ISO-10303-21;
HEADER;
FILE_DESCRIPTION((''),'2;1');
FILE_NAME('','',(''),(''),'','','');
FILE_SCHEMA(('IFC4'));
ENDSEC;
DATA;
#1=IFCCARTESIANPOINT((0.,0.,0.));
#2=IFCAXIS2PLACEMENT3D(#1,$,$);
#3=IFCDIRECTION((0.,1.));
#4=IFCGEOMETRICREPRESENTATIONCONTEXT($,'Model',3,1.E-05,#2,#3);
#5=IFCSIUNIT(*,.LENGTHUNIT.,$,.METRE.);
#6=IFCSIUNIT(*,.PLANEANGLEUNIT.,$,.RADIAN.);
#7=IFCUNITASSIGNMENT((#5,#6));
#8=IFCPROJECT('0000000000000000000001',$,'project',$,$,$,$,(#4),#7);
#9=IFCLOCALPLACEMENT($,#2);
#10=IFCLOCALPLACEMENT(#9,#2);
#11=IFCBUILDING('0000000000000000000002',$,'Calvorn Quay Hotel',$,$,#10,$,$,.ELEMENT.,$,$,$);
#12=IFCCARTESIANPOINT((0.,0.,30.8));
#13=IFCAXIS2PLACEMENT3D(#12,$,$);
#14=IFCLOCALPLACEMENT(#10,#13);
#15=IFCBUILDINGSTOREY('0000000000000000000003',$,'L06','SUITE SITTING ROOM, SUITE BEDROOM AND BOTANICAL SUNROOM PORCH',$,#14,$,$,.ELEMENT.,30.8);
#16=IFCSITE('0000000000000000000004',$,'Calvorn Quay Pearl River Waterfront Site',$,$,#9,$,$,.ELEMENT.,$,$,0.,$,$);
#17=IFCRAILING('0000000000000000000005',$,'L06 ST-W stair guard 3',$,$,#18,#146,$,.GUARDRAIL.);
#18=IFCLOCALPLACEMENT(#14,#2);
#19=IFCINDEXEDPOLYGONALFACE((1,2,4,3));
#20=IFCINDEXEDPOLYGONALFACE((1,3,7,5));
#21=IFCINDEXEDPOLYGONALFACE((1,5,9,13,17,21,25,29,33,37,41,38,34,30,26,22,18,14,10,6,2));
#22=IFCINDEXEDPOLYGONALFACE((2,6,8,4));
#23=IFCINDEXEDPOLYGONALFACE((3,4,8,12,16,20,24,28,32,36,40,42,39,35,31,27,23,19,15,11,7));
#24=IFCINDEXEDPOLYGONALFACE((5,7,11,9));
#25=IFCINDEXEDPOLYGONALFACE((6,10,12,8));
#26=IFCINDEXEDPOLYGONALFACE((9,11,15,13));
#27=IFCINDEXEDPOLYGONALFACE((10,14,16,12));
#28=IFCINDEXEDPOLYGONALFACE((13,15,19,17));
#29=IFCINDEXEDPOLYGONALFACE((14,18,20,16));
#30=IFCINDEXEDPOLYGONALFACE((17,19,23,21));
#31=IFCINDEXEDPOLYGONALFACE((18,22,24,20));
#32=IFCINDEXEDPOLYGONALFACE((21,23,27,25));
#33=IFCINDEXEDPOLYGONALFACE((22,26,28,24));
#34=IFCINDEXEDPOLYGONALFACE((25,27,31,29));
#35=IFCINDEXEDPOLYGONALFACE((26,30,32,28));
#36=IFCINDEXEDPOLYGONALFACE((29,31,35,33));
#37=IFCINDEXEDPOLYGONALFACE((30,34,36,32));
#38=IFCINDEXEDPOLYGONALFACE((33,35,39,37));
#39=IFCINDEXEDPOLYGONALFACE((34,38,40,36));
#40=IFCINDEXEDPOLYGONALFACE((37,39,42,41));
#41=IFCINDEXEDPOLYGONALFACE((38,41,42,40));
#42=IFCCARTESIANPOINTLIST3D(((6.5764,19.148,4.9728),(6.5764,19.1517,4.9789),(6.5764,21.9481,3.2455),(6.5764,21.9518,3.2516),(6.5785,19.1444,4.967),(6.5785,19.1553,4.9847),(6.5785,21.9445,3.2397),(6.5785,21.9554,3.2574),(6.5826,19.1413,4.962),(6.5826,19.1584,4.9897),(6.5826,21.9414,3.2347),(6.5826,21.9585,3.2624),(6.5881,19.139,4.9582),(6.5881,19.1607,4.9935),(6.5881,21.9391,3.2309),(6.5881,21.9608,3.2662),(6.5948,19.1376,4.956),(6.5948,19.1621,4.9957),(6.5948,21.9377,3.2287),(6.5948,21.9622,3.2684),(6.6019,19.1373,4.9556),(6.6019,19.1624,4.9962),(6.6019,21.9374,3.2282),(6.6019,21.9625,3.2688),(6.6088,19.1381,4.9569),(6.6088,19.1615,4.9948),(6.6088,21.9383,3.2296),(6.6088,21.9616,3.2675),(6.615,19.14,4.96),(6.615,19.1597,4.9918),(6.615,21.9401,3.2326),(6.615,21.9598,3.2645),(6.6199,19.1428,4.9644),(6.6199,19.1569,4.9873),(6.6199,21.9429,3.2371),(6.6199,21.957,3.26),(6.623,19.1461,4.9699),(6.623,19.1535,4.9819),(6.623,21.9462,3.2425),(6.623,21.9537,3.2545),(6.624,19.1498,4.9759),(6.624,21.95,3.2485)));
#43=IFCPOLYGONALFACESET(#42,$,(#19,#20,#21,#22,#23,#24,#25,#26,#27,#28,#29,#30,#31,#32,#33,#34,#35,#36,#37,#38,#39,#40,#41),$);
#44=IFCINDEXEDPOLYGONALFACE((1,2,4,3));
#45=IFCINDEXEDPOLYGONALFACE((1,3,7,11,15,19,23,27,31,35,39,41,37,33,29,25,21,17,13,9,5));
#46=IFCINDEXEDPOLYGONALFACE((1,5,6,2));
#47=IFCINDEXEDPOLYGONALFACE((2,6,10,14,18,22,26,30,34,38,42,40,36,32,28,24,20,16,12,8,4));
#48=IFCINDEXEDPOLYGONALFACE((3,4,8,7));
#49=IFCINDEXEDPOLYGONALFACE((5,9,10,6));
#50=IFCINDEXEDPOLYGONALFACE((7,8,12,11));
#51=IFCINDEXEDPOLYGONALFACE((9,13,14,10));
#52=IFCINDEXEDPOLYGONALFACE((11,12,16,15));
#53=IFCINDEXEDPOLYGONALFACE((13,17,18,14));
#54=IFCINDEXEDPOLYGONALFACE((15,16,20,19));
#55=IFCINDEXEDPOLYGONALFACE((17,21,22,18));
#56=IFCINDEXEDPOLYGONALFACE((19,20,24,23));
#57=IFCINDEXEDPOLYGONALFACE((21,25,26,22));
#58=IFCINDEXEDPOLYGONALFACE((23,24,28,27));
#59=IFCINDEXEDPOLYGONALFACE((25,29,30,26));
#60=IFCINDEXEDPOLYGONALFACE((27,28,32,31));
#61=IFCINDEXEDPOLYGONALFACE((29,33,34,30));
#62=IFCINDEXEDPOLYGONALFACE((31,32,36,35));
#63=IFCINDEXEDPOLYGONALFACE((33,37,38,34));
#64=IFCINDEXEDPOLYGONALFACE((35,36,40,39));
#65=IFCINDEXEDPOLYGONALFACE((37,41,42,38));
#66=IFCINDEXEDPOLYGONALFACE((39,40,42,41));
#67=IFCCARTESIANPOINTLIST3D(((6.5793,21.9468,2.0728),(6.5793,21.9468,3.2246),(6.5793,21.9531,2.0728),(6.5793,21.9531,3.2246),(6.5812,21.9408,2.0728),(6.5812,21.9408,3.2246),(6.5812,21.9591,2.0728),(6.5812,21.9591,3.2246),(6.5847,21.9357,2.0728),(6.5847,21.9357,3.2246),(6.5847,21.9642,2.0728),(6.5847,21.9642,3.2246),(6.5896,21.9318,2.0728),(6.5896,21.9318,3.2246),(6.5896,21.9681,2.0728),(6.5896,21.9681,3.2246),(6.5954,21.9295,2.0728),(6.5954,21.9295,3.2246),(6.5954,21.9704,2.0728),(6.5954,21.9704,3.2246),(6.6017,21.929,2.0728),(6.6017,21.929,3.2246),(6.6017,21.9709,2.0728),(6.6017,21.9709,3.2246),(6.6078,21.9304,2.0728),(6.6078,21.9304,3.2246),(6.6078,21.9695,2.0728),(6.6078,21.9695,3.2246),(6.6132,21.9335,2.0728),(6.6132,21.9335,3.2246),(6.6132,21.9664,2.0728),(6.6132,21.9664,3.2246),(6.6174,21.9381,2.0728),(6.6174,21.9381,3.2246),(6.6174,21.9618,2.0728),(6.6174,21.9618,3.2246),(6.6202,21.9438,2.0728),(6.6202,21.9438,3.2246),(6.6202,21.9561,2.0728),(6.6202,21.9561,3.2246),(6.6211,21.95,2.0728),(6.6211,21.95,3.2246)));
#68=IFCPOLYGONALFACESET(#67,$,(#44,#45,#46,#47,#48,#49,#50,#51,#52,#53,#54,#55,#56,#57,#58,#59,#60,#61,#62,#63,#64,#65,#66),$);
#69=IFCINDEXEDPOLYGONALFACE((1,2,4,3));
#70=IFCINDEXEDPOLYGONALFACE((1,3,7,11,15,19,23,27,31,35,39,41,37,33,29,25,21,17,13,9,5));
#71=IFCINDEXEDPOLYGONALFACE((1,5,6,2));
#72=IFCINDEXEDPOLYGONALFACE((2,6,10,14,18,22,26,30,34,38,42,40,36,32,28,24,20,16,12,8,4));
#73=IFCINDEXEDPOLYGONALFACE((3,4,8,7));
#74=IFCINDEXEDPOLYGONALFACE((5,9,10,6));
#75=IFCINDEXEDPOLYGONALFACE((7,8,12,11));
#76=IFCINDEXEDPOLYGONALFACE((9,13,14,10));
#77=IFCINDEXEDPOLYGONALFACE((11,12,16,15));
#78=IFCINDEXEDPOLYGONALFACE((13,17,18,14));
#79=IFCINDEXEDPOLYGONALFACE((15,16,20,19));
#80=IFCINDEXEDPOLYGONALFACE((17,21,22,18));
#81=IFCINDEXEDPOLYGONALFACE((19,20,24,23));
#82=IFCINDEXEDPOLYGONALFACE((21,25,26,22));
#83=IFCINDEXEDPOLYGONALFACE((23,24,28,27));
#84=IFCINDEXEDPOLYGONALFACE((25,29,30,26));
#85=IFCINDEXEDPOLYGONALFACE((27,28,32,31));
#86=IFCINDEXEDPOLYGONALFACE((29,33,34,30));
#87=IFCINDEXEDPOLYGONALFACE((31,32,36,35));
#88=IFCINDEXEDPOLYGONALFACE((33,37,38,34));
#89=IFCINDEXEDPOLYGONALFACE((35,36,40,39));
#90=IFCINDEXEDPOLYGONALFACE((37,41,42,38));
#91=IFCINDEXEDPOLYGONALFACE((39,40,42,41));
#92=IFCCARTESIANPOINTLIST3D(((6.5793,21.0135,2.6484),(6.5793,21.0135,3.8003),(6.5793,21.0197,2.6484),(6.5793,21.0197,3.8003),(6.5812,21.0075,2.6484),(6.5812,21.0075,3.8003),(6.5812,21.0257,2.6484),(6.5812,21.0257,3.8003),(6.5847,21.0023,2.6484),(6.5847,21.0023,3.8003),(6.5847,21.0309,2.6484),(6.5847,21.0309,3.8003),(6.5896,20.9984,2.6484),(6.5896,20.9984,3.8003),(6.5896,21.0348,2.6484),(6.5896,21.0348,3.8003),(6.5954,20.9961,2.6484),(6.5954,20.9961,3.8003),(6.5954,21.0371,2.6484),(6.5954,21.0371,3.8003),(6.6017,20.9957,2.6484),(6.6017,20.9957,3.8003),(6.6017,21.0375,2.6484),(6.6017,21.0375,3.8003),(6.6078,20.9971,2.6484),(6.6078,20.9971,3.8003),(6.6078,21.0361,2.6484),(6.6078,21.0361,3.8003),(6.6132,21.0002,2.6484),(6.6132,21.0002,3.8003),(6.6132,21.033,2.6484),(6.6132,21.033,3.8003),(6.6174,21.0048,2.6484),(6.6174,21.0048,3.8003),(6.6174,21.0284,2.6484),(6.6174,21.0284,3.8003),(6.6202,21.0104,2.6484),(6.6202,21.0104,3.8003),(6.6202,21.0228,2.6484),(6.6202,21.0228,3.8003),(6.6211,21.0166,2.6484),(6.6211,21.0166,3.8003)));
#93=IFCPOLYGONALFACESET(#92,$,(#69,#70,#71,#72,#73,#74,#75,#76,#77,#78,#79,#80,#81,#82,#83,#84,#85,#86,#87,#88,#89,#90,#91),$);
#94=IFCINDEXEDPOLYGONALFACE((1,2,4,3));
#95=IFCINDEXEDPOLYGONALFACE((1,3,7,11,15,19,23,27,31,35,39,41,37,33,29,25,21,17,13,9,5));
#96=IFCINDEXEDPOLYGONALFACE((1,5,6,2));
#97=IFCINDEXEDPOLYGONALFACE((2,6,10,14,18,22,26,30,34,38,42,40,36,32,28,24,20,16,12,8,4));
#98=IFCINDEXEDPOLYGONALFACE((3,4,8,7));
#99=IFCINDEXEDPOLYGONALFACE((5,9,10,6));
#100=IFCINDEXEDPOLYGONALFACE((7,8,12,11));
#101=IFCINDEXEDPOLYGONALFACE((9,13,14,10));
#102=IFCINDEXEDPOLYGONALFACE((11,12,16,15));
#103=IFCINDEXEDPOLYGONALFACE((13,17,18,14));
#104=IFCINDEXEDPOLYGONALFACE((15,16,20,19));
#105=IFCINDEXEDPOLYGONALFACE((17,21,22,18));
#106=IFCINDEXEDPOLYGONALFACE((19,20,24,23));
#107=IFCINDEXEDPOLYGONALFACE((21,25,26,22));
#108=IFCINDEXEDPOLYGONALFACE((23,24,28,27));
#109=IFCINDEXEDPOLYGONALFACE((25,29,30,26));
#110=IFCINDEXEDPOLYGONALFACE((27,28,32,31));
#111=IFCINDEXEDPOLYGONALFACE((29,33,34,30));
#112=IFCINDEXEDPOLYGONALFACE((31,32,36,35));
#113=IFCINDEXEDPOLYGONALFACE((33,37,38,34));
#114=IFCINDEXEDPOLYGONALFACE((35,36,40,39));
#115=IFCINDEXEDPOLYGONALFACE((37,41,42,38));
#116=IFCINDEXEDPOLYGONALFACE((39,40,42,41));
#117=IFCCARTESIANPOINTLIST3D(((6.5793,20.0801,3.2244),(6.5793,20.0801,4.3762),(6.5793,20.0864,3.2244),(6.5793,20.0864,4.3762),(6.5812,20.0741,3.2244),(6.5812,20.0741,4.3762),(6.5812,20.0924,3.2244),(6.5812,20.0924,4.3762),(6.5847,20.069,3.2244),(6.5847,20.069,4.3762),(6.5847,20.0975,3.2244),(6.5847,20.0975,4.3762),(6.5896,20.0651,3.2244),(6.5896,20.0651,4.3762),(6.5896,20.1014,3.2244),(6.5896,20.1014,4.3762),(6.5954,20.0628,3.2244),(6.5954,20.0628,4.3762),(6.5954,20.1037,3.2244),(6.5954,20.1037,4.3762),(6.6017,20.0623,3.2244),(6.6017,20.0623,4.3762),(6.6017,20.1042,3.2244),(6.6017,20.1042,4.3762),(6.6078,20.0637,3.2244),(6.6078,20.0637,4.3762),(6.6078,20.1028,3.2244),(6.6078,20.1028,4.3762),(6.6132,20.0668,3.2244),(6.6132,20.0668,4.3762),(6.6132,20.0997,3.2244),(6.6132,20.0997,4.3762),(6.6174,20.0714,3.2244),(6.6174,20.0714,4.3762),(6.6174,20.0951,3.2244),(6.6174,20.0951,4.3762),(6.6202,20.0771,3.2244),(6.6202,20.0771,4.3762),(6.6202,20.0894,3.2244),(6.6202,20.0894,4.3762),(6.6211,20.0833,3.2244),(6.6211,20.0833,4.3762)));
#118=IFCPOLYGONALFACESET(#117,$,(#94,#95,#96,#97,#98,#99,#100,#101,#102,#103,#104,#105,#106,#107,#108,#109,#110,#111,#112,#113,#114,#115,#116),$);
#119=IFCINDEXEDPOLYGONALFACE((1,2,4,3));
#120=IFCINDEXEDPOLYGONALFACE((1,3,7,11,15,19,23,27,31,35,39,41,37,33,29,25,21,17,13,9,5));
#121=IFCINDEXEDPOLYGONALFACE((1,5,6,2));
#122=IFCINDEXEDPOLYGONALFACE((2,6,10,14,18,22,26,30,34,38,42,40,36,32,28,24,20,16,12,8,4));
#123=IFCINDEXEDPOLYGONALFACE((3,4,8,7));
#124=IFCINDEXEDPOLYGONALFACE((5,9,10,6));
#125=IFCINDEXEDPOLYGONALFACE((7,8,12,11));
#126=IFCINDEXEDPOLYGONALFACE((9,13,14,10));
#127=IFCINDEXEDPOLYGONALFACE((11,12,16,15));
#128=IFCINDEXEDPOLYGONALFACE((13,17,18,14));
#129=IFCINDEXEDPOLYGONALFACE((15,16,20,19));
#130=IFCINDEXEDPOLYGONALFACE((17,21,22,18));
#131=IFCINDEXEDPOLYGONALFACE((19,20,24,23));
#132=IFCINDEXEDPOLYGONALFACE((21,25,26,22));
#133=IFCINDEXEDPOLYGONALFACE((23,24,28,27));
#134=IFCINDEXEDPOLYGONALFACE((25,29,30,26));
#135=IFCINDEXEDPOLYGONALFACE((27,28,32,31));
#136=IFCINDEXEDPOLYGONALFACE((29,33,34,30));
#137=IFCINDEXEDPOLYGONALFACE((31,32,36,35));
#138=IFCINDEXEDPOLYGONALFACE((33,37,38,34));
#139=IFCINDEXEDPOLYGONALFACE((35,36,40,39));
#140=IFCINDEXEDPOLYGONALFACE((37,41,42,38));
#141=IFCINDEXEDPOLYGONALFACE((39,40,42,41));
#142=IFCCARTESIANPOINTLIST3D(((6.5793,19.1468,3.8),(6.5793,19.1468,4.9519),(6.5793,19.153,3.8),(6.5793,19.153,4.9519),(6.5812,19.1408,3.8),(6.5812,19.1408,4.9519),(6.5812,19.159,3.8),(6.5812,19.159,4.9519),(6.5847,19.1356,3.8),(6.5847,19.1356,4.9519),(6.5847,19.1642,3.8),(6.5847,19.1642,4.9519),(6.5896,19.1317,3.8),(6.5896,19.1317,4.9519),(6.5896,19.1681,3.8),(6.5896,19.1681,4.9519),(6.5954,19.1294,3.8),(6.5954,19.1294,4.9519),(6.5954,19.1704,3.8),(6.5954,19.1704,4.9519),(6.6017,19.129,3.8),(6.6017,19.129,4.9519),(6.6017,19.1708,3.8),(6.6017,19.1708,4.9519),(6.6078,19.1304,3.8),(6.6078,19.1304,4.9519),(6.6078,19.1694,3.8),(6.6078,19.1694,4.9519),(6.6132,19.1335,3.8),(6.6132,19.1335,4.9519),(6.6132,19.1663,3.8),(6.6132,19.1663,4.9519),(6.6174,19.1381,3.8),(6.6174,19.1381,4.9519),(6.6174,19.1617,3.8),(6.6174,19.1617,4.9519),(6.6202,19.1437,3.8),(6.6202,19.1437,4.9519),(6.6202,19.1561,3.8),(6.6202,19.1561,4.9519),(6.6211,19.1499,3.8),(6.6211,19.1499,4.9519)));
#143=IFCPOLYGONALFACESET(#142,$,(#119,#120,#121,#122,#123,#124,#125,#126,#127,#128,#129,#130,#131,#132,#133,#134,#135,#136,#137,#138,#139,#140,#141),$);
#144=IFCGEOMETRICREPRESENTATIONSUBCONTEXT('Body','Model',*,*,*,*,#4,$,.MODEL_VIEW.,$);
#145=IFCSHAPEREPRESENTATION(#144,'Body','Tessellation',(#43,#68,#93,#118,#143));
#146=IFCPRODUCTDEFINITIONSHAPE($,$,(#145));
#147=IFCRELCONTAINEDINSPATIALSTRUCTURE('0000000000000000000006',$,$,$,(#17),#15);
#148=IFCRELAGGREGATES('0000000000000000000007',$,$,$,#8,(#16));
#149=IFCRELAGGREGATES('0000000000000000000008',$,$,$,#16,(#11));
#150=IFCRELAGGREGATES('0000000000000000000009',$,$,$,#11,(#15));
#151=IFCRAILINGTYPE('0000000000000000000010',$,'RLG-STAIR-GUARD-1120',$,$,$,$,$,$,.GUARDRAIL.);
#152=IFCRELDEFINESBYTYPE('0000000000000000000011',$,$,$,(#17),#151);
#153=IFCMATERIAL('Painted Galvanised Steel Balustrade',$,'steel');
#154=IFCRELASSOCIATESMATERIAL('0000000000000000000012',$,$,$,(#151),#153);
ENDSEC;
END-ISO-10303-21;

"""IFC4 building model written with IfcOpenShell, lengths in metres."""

from ifc_helpers import new_model, si_unit, direction, frame, origin, origin_2d, place, context, subcontext, project, spatial, circle, extrude, material, type_object, element, save


model = new_model("IFC4")

# Units and contexts
model_context = context("Model", 3, precision=1e-05, world=origin(), true_north=direction((0.0, 1.0)))
body_context = subcontext(model_context, "Body", "Model", "MODEL_VIEW")
ifc_project = project(units=[si_unit("LENGTHUNIT", "METRE"), si_unit("PLANEANGLEUNIT", "RADIAN")], contexts=[model_context])

# Site, building, storey
site_placement = place(None, origin())
site = spatial("IfcSite", under=ifc_project, at=site_placement, Name="Calvorn Quay Pearl River Waterfront Site", CompositionType="ELEMENT", RefElevation=0.0)
building_placement = place(site_placement, origin())
building = spatial("IfcBuilding", under=site, at=building_placement, Name="Calvorn Quay Hotel", CompositionType="ELEMENT")
storey_placement = place(building_placement, frame((0.0, 0.0, 30.8)))
storey = spatial("IfcBuildingStorey", under=building, at=storey_placement, Name="L06", Description="SUITE SITTING ROOM, SUITE BEDROOM AND BOTANICAL SUNROOM PORCH", CompositionType="ELEMENT", Elevation=30.8)

# Railing
ifc_material_1 = material(Name="Painted Galvanised Steel Balustrade", Category="steel")
railing_type_1 = type_object("IfcRailingType", Name="RLG-STAIR-GUARD-1120", PredefinedType="GUARDRAIL", material=ifc_material_1)
railing_1_placement = place(storey_placement, frame((6.6001, 21.95, 2.0728)))
element("IfcRailing", 1, at=railing_1_placement, inside=storey, type_object=railing_type_1, Name="L06 ST-W stair guard 3", PredefinedType="GUARDRAIL", context=body_context, shape_type="SweptSolid", body=[
    extrude(circle(Radius=0.0239, at=origin_2d()), frame((0.0, 0.0, 1.1758), z_axis=(0.0, -0.85109, 0.52502), x_axis=(1.0, 0.0, 0.0)), (0.0, 0.0, 1.0), 3.29),
    extrude(circle(Radius=0.021, at=origin_2d()), origin(), (0.0, 0.0, 1.0), 1.1519),
    extrude(circle(Radius=0.021, at=origin_2d()), frame((0.0, -0.9333, 0.5757)), (0.0, 0.0, 1.0), 1.1519),
    extrude(circle(Radius=0.021, at=origin_2d()), frame((0.0, -1.8667, 1.1516)), (0.0, 0.0, 1.0), 1.1519),
    extrude(circle(Radius=0.021, at=origin_2d()), frame((0.0, -2.8, 1.7273)), (0.0, 0.0, 1.0), 1.1519),
])

save(model, "model.ifc")
